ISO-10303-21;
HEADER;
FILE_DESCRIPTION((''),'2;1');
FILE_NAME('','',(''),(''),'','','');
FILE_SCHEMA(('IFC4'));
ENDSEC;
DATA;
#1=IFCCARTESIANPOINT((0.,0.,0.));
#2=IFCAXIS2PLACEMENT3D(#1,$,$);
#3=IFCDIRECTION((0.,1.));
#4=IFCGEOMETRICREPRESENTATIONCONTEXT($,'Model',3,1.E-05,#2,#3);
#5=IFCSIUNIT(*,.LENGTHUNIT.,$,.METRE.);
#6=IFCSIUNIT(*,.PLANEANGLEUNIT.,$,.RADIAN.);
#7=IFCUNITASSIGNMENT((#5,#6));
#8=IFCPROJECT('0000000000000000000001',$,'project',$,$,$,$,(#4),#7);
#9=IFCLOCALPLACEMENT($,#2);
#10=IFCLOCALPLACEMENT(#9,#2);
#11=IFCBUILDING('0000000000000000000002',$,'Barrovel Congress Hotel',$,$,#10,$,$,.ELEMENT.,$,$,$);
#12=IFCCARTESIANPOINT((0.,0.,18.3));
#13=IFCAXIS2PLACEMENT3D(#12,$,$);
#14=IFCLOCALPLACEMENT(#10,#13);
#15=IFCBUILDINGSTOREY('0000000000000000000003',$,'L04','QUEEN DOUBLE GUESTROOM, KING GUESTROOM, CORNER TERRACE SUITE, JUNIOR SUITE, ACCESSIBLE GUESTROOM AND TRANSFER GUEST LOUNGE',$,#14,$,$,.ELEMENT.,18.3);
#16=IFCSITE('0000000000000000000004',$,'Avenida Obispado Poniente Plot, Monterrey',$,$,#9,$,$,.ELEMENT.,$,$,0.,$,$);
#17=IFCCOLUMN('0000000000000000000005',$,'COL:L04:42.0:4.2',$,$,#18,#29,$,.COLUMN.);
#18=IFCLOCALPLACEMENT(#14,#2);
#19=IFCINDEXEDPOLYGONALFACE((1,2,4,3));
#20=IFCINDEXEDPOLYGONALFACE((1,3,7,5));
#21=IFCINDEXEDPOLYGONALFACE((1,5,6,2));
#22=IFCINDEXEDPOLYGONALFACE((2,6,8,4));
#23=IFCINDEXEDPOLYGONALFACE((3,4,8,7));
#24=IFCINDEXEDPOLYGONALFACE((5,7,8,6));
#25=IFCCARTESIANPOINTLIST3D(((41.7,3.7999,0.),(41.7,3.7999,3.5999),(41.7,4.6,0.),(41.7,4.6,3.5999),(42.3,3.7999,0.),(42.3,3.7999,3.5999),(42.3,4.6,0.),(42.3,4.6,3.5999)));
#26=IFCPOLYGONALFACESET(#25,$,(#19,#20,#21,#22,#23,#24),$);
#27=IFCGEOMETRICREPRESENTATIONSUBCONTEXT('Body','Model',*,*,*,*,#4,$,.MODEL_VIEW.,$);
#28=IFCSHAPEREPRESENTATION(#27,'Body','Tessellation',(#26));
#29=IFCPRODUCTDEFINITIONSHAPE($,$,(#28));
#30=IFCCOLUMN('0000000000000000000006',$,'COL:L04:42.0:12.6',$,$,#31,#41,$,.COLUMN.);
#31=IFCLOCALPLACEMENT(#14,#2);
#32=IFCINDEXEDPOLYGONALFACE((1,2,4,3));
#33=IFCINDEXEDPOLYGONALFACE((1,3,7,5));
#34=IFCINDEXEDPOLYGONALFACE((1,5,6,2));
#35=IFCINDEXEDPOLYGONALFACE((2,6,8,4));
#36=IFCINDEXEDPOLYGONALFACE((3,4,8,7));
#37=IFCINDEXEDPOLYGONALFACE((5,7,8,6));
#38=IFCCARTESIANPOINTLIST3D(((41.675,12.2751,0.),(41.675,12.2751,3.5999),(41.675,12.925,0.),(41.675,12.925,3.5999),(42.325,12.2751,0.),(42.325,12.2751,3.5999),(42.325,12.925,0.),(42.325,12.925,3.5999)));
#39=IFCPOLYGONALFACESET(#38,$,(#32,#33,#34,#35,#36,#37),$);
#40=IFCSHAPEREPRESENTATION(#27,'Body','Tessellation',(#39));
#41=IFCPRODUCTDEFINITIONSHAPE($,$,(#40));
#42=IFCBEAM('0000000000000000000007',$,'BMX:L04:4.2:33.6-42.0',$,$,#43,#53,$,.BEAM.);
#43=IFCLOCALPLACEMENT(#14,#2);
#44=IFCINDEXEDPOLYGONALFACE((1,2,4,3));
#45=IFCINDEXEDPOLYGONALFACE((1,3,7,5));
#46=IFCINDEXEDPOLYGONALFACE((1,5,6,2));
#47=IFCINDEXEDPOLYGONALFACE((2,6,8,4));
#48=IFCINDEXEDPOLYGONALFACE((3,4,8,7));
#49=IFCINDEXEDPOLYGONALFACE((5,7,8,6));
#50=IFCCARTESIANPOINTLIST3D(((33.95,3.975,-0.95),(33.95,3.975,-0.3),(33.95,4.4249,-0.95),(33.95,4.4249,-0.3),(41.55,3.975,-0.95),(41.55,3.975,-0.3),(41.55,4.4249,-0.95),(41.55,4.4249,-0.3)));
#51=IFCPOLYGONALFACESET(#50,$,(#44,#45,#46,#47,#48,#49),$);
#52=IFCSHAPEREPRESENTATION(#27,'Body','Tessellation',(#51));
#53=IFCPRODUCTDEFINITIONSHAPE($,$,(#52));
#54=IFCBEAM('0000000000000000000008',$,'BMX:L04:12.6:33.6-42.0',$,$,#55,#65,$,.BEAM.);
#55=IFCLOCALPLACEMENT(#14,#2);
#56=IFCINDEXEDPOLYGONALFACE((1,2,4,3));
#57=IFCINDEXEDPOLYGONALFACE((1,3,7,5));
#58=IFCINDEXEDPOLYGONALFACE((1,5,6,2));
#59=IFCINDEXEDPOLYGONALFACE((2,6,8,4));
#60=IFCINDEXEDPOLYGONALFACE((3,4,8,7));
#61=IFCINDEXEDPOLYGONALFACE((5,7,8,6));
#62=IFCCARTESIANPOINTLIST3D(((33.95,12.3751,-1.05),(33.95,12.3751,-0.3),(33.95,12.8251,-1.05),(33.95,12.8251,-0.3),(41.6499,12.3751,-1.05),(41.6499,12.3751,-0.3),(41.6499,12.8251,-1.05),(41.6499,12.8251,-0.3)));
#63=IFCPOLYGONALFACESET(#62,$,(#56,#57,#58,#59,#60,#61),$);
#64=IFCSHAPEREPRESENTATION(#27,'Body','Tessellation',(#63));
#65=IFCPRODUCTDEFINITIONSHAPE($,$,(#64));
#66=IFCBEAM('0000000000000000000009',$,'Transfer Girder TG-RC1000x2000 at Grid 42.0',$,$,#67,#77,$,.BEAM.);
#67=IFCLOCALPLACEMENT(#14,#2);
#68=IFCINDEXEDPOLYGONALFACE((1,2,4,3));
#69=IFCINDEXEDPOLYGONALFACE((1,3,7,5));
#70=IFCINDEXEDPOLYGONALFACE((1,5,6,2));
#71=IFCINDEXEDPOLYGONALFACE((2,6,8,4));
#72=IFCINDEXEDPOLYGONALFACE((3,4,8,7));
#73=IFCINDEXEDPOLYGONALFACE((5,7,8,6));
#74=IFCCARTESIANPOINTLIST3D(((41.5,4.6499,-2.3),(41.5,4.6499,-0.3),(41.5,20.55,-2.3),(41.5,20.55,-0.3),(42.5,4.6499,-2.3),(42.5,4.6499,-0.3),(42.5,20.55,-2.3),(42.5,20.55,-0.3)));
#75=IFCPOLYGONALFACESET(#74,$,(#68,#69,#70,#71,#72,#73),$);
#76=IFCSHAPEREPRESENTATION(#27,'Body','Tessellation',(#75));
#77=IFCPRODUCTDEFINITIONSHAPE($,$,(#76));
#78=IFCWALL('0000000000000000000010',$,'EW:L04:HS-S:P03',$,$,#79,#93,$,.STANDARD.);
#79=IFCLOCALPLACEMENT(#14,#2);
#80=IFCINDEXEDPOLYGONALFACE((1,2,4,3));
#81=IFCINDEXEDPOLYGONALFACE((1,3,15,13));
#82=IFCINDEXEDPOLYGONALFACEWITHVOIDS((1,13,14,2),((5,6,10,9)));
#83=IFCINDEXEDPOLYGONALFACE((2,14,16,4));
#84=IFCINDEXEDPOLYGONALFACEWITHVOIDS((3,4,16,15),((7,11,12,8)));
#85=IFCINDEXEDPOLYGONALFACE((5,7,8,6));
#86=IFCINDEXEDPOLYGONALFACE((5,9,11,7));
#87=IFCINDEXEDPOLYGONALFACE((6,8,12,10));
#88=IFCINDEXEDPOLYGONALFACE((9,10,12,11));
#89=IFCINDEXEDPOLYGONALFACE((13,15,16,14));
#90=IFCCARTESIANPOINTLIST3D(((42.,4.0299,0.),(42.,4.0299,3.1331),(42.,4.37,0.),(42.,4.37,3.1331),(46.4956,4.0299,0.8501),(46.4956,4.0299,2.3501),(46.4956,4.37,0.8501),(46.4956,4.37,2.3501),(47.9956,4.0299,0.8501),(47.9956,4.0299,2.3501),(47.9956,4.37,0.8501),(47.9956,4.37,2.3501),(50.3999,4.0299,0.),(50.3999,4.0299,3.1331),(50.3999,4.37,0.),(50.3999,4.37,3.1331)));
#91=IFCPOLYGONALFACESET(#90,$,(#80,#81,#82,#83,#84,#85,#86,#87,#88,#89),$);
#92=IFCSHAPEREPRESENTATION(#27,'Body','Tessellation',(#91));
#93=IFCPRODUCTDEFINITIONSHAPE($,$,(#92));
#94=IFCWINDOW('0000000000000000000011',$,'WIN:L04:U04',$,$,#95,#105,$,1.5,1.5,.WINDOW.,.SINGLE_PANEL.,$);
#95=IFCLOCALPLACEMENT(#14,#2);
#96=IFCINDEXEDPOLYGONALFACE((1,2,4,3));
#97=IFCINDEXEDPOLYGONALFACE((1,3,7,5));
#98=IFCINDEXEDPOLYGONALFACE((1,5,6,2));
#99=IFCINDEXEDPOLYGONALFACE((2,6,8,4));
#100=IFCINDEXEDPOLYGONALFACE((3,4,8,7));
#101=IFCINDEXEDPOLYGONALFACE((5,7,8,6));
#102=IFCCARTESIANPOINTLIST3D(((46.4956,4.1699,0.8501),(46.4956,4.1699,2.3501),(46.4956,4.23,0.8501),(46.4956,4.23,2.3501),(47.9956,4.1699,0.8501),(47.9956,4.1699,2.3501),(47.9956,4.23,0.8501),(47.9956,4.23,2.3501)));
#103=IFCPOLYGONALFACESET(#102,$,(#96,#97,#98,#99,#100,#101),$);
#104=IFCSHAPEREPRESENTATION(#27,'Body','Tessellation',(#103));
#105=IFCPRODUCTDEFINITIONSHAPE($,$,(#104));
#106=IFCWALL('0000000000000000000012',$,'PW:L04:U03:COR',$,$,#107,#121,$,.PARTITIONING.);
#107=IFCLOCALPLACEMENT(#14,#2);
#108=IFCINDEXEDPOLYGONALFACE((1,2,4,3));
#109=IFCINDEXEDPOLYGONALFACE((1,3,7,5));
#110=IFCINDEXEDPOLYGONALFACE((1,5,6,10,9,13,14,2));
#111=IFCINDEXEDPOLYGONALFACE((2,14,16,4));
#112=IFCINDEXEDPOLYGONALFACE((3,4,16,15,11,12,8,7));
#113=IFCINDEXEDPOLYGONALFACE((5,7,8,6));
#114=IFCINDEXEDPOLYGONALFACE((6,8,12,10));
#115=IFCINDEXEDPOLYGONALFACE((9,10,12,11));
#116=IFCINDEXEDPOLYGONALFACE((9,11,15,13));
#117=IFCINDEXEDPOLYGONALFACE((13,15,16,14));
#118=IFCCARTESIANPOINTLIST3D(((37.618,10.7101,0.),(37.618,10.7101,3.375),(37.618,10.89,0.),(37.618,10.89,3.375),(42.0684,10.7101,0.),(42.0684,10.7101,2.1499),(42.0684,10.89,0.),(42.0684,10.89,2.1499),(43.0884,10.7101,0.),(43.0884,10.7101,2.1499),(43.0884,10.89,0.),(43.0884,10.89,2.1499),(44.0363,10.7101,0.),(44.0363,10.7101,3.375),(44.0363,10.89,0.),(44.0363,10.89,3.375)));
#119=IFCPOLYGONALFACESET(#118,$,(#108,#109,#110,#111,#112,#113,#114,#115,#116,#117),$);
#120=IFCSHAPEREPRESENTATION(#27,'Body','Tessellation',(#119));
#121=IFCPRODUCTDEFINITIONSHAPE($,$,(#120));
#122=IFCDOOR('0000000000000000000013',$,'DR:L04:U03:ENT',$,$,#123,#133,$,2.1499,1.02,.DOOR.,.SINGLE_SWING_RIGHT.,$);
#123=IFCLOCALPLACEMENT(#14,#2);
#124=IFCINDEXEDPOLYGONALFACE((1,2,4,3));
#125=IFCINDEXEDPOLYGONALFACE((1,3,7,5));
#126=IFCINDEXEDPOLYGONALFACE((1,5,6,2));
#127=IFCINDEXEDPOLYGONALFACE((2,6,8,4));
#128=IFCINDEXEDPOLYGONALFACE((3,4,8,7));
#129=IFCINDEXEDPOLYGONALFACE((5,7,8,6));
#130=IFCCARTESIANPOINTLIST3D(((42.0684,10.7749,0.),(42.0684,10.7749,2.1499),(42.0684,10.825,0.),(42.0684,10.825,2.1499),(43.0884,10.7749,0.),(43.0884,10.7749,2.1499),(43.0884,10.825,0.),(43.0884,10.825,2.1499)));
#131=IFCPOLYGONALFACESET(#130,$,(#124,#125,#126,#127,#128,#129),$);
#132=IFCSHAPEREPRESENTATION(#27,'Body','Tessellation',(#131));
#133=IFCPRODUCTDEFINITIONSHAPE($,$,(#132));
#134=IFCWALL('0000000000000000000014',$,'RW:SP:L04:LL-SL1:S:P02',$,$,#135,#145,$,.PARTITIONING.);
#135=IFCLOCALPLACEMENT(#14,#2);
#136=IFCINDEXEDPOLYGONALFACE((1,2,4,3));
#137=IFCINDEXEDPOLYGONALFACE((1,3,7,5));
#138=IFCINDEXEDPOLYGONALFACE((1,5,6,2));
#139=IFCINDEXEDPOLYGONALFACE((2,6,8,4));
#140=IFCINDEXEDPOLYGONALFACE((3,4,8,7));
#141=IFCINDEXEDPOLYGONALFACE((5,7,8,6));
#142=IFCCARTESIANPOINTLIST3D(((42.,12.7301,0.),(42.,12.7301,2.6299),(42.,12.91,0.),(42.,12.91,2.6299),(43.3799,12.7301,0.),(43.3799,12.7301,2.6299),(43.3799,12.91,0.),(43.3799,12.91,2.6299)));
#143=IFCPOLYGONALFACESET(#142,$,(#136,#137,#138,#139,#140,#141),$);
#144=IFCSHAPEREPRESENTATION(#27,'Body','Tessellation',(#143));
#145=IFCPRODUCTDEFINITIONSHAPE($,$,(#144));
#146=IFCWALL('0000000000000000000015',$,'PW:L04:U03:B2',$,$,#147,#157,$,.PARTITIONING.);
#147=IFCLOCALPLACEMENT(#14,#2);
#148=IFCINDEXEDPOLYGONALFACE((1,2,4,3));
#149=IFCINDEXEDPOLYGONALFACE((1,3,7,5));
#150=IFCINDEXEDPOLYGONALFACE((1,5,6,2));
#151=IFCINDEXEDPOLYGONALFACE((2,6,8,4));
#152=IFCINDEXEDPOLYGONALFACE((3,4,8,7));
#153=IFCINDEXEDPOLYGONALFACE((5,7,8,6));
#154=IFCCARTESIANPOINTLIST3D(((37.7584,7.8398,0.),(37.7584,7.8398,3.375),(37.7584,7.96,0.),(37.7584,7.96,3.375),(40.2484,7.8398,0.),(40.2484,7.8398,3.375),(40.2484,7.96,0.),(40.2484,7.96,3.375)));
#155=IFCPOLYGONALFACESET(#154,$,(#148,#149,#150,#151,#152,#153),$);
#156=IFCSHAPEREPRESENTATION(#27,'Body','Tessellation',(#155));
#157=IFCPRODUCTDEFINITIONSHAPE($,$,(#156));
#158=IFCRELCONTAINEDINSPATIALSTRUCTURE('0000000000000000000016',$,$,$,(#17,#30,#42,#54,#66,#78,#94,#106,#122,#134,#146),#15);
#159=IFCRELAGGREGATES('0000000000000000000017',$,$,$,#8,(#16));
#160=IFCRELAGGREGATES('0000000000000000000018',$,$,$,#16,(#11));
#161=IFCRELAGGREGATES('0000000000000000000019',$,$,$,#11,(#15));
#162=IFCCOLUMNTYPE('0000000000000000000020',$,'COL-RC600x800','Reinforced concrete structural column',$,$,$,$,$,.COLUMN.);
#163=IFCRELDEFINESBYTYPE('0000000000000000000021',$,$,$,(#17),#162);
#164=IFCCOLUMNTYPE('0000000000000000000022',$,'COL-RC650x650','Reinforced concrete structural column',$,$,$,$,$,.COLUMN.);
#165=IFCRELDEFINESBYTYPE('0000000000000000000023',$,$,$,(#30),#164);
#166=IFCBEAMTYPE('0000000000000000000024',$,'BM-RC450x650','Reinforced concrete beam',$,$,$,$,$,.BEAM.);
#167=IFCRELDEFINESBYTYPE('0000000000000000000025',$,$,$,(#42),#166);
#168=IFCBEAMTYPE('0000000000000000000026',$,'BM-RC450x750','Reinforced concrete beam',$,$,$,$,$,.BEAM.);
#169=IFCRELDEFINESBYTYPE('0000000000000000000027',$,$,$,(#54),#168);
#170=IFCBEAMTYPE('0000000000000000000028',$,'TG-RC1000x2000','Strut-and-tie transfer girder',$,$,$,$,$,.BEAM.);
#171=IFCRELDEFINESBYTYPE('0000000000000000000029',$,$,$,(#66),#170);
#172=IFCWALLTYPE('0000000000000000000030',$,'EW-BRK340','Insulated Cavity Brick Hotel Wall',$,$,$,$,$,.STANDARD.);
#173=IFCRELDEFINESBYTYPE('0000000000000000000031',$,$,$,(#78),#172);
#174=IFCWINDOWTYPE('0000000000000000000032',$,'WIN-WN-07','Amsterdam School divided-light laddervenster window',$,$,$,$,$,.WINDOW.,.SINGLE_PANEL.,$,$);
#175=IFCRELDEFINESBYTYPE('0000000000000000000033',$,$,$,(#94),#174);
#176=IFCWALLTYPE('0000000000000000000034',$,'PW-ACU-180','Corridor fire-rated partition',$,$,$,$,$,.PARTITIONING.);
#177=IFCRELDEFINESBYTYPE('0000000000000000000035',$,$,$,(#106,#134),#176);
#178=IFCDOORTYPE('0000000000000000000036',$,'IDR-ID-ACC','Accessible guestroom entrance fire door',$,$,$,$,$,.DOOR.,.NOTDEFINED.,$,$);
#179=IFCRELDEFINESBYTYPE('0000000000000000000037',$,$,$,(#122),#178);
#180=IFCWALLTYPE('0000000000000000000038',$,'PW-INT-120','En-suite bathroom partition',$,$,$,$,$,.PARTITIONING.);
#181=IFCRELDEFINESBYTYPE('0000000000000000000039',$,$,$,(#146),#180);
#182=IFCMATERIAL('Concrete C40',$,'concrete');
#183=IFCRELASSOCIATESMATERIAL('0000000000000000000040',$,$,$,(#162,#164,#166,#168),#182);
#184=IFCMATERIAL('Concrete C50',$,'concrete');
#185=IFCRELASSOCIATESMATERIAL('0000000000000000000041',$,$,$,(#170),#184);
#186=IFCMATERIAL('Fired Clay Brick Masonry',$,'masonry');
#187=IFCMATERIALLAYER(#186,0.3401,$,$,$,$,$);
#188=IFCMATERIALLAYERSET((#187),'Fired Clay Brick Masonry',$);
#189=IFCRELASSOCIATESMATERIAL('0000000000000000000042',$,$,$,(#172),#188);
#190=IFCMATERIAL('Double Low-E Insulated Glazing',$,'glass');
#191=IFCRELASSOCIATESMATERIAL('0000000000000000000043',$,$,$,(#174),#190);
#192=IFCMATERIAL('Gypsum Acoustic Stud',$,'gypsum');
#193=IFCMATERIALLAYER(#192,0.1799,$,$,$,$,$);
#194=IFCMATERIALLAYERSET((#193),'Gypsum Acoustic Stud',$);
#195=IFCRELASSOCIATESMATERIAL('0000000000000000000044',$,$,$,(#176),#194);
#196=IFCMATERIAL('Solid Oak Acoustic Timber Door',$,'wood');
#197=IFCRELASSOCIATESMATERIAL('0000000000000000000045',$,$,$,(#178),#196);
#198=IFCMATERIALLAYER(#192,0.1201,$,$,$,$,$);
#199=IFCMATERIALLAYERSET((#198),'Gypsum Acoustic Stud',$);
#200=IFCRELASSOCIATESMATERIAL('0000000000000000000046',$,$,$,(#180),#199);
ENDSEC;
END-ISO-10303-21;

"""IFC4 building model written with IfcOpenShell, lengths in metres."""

from ifc_helpers import new_model, si_unit, direction, frame, frame_2d, origin, origin_2d, place, context, subcontext, project, spatial, rectangle, extrude, material, layer, layer_set, material_profile, profile_set, type_object, element, fill, save


model = new_model("IFC4")

# Units and contexts
model_context = context("Model", 3, precision=1e-05, world=origin(), true_north=direction((0.0, 1.0)))
body_context = subcontext(model_context, "Body", "Model", "MODEL_VIEW")
ifc_project = project(units=[si_unit("LENGTHUNIT", "METRE"), si_unit("PLANEANGLEUNIT", "RADIAN")], contexts=[model_context])

# Site, building, storey
site_placement = place(None, origin())
site = spatial("IfcSite", under=ifc_project, at=site_placement, Name="Avenida Obispado Poniente Plot, Monterrey", CompositionType="ELEMENT", RefElevation=0.0)
building_placement = place(site_placement, origin())
building = spatial("IfcBuilding", under=site, at=building_placement, Name="Barrovel Congress Hotel", CompositionType="ELEMENT")
storey_placement = place(building_placement, frame((0.0, 0.0, 18.3)))
storey = spatial("IfcBuildingStorey", under=building, at=storey_placement, Name="L04", Description="QUEEN DOUBLE GUESTROOM, KING GUESTROOM, CORNER TERRACE SUITE, JUNIOR SUITE, ACCESSIBLE GUESTROOM AND TRANSFER GUEST LOUNGE", CompositionType="ELEMENT", Elevation=18.3)

# Columns
ifc_material_1 = material(Name="Concrete C40", Category="concrete")
ifc_material_profile_1 = material_profile(ifc_material_1, rectangle(XDim=0.6001, YDim=0.8, at=origin_2d()), Name="RC600x800")
ifc_profile_set_1 = profile_set([ifc_material_profile_1], Name="Concrete C40")
column_type_1 = type_object("IfcColumnType", Name="COL-RC600x800", Description="Reinforced concrete structural column", PredefinedType="COLUMN", material=ifc_profile_set_1)
column_1_placement = place(storey_placement, frame((42.0, 4.2, 0.0), z_axis=(0.0, 0.0, 1.0), x_axis=(1.0, 0.0, 0.0)))
element("IfcColumn", 1, at=column_1_placement, inside=storey, type_object=column_type_1, Name="COL:L04:42.0:4.2", PredefinedType="COLUMN", context=body_context, shape_type="SweptSolid", body=[
    extrude(rectangle(XDim=0.6001, YDim=0.8, at=origin_2d()), origin(), (0.0, 0.0, 1.0), 3.5999),
])
ifc_material_profile_2 = material_profile(ifc_material_1, rectangle(XDim=0.6499, YDim=0.6499, at=origin_2d()), Name="RC650x650")
ifc_profile_set_2 = profile_set([ifc_material_profile_2], Name="Concrete C40")
column_type_2 = type_object("IfcColumnType", Name="COL-RC650x650", Description="Reinforced concrete structural column", PredefinedType="COLUMN", material=ifc_profile_set_2)
column_2_placement = place(storey_placement, frame((42.0, 12.6001, 0.0), z_axis=(0.0, 0.0, 1.0), x_axis=(1.0, 0.0, 0.0)))
element("IfcColumn", 2, at=column_2_placement, inside=storey, type_object=column_type_2, Name="COL:L04:42.0:12.6", PredefinedType="COLUMN", context=body_context, shape_type="SweptSolid", body=[
    extrude(rectangle(XDim=0.6499, YDim=0.6499, at=origin_2d()), origin(), (0.0, 0.0, 1.0), 3.5999),
])

# Beams
ifc_material_profile_3 = material_profile(ifc_material_1, rectangle(XDim=0.45, YDim=0.6499, at=origin_2d()), Name="RC450x650")
ifc_profile_set_3 = profile_set([ifc_material_profile_3], Name="Concrete C40")
beam_type_1 = type_object("IfcBeamType", Name="BM-RC450x650", Description="Reinforced concrete beam", PredefinedType="BEAM", material=ifc_profile_set_3)
beam_1_placement = place(storey_placement, frame((33.95, 4.2, -0.625), z_axis=(1.0, 0.0, 0.0), x_axis=(0.0, 1.0, 0.0)))
element("IfcBeam", 3, at=beam_1_placement, inside=storey, type_object=beam_type_1, Name="BMX:L04:4.2:33.6-42.0", PredefinedType="BEAM", context=body_context, shape_type="SweptSolid", body=[
    extrude(rectangle(XDim=0.45, YDim=0.6499, at=origin_2d()), origin(), (0.0, 0.0, 1.0), 7.6001),
])
ifc_material_profile_4 = material_profile(ifc_material_1, rectangle(XDim=0.45, YDim=0.75, at=origin_2d()), Name="RC450x750")
ifc_profile_set_4 = profile_set([ifc_material_profile_4], Name="Concrete C40")
beam_type_2 = type_object("IfcBeamType", Name="BM-RC450x750", Description="Reinforced concrete beam", PredefinedType="BEAM", material=ifc_profile_set_4)
beam_2_placement = place(storey_placement, frame((33.95, 12.6001, -0.675), z_axis=(1.0, 0.0, 0.0), x_axis=(0.0, 1.0, 0.0)))
element("IfcBeam", 4, at=beam_2_placement, inside=storey, type_object=beam_type_2, Name="BMX:L04:12.6:33.6-42.0", PredefinedType="BEAM", context=body_context, shape_type="SweptSolid", body=[
    extrude(rectangle(XDim=0.45, YDim=0.75, at=origin_2d()), origin(), (0.0, 0.0, 1.0), 7.7),
])
ifc_material_2 = material(Name="Concrete C50", Category="concrete")
ifc_material_profile_5 = material_profile(ifc_material_2, rectangle(XDim=1.0, YDim=2.0, at=origin_2d()), Name="RC1000x2000")
ifc_profile_set_5 = profile_set([ifc_material_profile_5], Name="Concrete C50")
beam_type_3 = type_object("IfcBeamType", Name="TG-RC1000x2000", Description="Strut-and-tie transfer girder", PredefinedType="BEAM", material=ifc_profile_set_5)
beam_3_placement = place(storey_placement, frame((42.0, 4.6499, -1.3), z_axis=(0.0, 1.0, 0.0), x_axis=(-1.0, 0.0, 0.0)))
element("IfcBeam", 5, at=beam_3_placement, inside=storey, type_object=beam_type_3, Name="Transfer Girder TG-RC1000x2000 at Grid 42.0", PredefinedType="BEAM", context=body_context, shape_type="SweptSolid", body=[
    extrude(rectangle(XDim=1.0, YDim=2.0, at=origin_2d()), origin(), (0.0, 0.0, 1.0), 15.9001),
])

# Wall, opening, window
ifc_material_3 = material(Name="Fired Clay Brick Masonry", Category="masonry")
ifc_layer_1 = layer(ifc_material_3, 0.3401)
ifc_layer_set_1 = layer_set([ifc_layer_1], Name="Fired Clay Brick Masonry")
wall_type_1 = type_object("IfcWallType", Name="EW-BRK340", Description="Insulated Cavity Brick Hotel Wall", PredefinedType="STANDARD", material=ifc_layer_set_1)
wall_1_placement = place(storey_placement, frame((42.0, 4.2, 0.0), z_axis=(0.0, 0.0, 1.0), x_axis=(1.0, 0.0, 0.0)))
wall_1 = element("IfcWall", 6, at=wall_1_placement, inside=storey, type_object=wall_type_1, Name="EW:L04:HS-S:P03", PredefinedType="STANDARD", context=body_context, shape_type="SweptSolid", body=[
    extrude(rectangle(XDim=8.3999, YDim=0.3401, at=frame_2d((4.2, 0.0))), origin(), (0.0, 0.0, 1.0), 3.1331),
])
opening_1_placement = place(wall_1_placement, frame((4.4956, 0.0, 0.8501)))
opening_1 = element("IfcOpeningElement", 7, at=opening_1_placement, cuts=wall_1, PredefinedType="OPENING", context=body_context, shape_type="SweptSolid", body=[
    extrude(rectangle(XDim=1.5, YDim=1.5, at=frame_2d((0.75, 0.75))), frame((0.0, 0.1802, 0.0), z_axis=(0.0, -1.0, 0.0), x_axis=(1.0, 0.0, 0.0)), (0.0, 0.0, 1.0), 0.3601),
])
ifc_material_4 = material(Name="Double Low-E Insulated Glazing", Category="glass")
window_type = type_object("IfcWindowType", Name="WIN-WN-07", Description="Amsterdam School divided-light laddervenster window", PartitioningType="SINGLE_PANEL", PredefinedType="WINDOW", material=ifc_material_4)
window_placement = place(opening_1_placement, origin())
window = element("IfcWindow", 8, at=window_placement, inside=storey, type_object=window_type, Name="WIN:L04:U04", OverallHeight=1.5, OverallWidth=1.5, PartitioningType="SINGLE_PANEL", PredefinedType="WINDOW", context=body_context, shape_type="SweptSolid", body=[
    extrude(rectangle(XDim=1.5, YDim=1.5, at=frame_2d((0.75, 0.75))), frame((0.0, 0.03, 0.0), z_axis=(0.0, -1.0, 0.0), x_axis=(1.0, 0.0, 0.0)), (0.0, 0.0, 1.0), 0.0601),
])
fill(opening_1, window)

# Wall, opening, door
ifc_material_5 = material(Name="Gypsum Acoustic Stud", Category="gypsum")
ifc_layer_2 = layer(ifc_material_5, 0.1799)
ifc_layer_set_2 = layer_set([ifc_layer_2], Name="Gypsum Acoustic Stud")
wall_type_2 = type_object("IfcWallType", Name="PW-ACU-180", Description="Corridor fire-rated partition", PredefinedType="PARTITIONING", material=ifc_layer_set_2)
wall_2_placement = place(storey_placement, frame((37.6182, 10.8, 0.0), z_axis=(0.0, 0.0, 1.0), x_axis=(1.0, 0.0, 0.0)))
wall_2 = element("IfcWall", 9, at=wall_2_placement, inside=storey, type_object=wall_type_2, Name="PW:L04:U03:COR", PredefinedType="PARTITIONING", context=body_context, shape_type="SweptSolid", body=[
    extrude(rectangle(XDim=6.4182, YDim=0.1799, at=frame_2d((3.209, 0.0))), origin(), (0.0, 0.0, 1.0), 3.375),
])
opening_2_placement = place(wall_2_placement, frame((4.4502, 0.0, 0.0)))
opening_2 = element("IfcOpeningElement", 10, at=opening_2_placement, cuts=wall_2, PredefinedType="OPENING", context=body_context, shape_type="SweptSolid", body=[
    extrude(rectangle(XDim=1.02, YDim=2.1499, at=frame_2d((0.51, 1.075))), frame((0.0, 0.1001, 0.0), z_axis=(0.0, -1.0, 0.0), x_axis=(1.0, 0.0, 0.0)), (0.0, 0.0, 1.0), 0.2),
])
ifc_material_6 = material(Name="Solid Oak Acoustic Timber Door", Category="wood")
door_type_1 = type_object("IfcDoorType", Name="IDR-ID-ACC", Description="Accessible guestroom entrance fire door", OperationType="NOTDEFINED", PredefinedType="DOOR", material=ifc_material_6)
door_1_placement = place(opening_2_placement, origin())
door_1 = element("IfcDoor", 11, at=door_1_placement, inside=storey, type_object=door_type_1, Name="DR:L04:U03:ENT", OperationType="SINGLE_SWING_RIGHT", OverallHeight=2.1499, OverallWidth=1.02, PredefinedType="DOOR", context=body_context, shape_type="SweptSolid", body=[
    extrude(rectangle(XDim=1.02, YDim=2.1499, at=frame_2d((0.51, 1.075))), frame((0.0, 0.0249, 0.0), z_axis=(0.0, -1.0, 0.0), x_axis=(1.0, 0.0, 0.0)), (0.0, 0.0, 1.0), 0.05),
])
fill(opening_2, door_1)

# Walls
wall_3_placement = place(storey_placement, frame((42.0, 12.8201, 0.0), z_axis=(0.0, 0.0, 1.0), x_axis=(1.0, 0.0, 0.0)))
element("IfcWall", 12, at=wall_3_placement, inside=storey, type_object=wall_type_2, Name="RW:SP:L04:LL-SL1:S:P02", PredefinedType="PARTITIONING", context=body_context, shape_type="SweptSolid", body=[
    extrude(rectangle(XDim=1.3799, YDim=0.1799, at=frame_2d((0.6899, 0.0))), origin(), (0.0, 0.0, 1.0), 2.6299),
])
ifc_layer_3 = layer(ifc_material_5, 0.1201)
ifc_layer_set_3 = layer_set([ifc_layer_3], Name="Gypsum Acoustic Stud")
wall_type_3 = type_object("IfcWallType", Name="PW-INT-120", Description="En-suite bathroom partition", PredefinedType="PARTITIONING", material=ifc_layer_set_3)
wall_4_placement = place(storey_placement, frame((37.7583, 7.8999, 0.0), z_axis=(0.0, 0.0, 1.0), x_axis=(1.0, 0.0, 0.0)))
element("IfcWall", 13, at=wall_4_placement, inside=storey, type_object=wall_type_3, Name="PW:L04:U03:B2", PredefinedType="PARTITIONING", context=body_context, shape_type="SweptSolid", body=[
    extrude(rectangle(XDim=2.49, YDim=0.1201, at=frame_2d((1.2451, 0.0))), origin(), (0.0, 0.0, 1.0), 3.375),
])

save(model, "model.ifc")
